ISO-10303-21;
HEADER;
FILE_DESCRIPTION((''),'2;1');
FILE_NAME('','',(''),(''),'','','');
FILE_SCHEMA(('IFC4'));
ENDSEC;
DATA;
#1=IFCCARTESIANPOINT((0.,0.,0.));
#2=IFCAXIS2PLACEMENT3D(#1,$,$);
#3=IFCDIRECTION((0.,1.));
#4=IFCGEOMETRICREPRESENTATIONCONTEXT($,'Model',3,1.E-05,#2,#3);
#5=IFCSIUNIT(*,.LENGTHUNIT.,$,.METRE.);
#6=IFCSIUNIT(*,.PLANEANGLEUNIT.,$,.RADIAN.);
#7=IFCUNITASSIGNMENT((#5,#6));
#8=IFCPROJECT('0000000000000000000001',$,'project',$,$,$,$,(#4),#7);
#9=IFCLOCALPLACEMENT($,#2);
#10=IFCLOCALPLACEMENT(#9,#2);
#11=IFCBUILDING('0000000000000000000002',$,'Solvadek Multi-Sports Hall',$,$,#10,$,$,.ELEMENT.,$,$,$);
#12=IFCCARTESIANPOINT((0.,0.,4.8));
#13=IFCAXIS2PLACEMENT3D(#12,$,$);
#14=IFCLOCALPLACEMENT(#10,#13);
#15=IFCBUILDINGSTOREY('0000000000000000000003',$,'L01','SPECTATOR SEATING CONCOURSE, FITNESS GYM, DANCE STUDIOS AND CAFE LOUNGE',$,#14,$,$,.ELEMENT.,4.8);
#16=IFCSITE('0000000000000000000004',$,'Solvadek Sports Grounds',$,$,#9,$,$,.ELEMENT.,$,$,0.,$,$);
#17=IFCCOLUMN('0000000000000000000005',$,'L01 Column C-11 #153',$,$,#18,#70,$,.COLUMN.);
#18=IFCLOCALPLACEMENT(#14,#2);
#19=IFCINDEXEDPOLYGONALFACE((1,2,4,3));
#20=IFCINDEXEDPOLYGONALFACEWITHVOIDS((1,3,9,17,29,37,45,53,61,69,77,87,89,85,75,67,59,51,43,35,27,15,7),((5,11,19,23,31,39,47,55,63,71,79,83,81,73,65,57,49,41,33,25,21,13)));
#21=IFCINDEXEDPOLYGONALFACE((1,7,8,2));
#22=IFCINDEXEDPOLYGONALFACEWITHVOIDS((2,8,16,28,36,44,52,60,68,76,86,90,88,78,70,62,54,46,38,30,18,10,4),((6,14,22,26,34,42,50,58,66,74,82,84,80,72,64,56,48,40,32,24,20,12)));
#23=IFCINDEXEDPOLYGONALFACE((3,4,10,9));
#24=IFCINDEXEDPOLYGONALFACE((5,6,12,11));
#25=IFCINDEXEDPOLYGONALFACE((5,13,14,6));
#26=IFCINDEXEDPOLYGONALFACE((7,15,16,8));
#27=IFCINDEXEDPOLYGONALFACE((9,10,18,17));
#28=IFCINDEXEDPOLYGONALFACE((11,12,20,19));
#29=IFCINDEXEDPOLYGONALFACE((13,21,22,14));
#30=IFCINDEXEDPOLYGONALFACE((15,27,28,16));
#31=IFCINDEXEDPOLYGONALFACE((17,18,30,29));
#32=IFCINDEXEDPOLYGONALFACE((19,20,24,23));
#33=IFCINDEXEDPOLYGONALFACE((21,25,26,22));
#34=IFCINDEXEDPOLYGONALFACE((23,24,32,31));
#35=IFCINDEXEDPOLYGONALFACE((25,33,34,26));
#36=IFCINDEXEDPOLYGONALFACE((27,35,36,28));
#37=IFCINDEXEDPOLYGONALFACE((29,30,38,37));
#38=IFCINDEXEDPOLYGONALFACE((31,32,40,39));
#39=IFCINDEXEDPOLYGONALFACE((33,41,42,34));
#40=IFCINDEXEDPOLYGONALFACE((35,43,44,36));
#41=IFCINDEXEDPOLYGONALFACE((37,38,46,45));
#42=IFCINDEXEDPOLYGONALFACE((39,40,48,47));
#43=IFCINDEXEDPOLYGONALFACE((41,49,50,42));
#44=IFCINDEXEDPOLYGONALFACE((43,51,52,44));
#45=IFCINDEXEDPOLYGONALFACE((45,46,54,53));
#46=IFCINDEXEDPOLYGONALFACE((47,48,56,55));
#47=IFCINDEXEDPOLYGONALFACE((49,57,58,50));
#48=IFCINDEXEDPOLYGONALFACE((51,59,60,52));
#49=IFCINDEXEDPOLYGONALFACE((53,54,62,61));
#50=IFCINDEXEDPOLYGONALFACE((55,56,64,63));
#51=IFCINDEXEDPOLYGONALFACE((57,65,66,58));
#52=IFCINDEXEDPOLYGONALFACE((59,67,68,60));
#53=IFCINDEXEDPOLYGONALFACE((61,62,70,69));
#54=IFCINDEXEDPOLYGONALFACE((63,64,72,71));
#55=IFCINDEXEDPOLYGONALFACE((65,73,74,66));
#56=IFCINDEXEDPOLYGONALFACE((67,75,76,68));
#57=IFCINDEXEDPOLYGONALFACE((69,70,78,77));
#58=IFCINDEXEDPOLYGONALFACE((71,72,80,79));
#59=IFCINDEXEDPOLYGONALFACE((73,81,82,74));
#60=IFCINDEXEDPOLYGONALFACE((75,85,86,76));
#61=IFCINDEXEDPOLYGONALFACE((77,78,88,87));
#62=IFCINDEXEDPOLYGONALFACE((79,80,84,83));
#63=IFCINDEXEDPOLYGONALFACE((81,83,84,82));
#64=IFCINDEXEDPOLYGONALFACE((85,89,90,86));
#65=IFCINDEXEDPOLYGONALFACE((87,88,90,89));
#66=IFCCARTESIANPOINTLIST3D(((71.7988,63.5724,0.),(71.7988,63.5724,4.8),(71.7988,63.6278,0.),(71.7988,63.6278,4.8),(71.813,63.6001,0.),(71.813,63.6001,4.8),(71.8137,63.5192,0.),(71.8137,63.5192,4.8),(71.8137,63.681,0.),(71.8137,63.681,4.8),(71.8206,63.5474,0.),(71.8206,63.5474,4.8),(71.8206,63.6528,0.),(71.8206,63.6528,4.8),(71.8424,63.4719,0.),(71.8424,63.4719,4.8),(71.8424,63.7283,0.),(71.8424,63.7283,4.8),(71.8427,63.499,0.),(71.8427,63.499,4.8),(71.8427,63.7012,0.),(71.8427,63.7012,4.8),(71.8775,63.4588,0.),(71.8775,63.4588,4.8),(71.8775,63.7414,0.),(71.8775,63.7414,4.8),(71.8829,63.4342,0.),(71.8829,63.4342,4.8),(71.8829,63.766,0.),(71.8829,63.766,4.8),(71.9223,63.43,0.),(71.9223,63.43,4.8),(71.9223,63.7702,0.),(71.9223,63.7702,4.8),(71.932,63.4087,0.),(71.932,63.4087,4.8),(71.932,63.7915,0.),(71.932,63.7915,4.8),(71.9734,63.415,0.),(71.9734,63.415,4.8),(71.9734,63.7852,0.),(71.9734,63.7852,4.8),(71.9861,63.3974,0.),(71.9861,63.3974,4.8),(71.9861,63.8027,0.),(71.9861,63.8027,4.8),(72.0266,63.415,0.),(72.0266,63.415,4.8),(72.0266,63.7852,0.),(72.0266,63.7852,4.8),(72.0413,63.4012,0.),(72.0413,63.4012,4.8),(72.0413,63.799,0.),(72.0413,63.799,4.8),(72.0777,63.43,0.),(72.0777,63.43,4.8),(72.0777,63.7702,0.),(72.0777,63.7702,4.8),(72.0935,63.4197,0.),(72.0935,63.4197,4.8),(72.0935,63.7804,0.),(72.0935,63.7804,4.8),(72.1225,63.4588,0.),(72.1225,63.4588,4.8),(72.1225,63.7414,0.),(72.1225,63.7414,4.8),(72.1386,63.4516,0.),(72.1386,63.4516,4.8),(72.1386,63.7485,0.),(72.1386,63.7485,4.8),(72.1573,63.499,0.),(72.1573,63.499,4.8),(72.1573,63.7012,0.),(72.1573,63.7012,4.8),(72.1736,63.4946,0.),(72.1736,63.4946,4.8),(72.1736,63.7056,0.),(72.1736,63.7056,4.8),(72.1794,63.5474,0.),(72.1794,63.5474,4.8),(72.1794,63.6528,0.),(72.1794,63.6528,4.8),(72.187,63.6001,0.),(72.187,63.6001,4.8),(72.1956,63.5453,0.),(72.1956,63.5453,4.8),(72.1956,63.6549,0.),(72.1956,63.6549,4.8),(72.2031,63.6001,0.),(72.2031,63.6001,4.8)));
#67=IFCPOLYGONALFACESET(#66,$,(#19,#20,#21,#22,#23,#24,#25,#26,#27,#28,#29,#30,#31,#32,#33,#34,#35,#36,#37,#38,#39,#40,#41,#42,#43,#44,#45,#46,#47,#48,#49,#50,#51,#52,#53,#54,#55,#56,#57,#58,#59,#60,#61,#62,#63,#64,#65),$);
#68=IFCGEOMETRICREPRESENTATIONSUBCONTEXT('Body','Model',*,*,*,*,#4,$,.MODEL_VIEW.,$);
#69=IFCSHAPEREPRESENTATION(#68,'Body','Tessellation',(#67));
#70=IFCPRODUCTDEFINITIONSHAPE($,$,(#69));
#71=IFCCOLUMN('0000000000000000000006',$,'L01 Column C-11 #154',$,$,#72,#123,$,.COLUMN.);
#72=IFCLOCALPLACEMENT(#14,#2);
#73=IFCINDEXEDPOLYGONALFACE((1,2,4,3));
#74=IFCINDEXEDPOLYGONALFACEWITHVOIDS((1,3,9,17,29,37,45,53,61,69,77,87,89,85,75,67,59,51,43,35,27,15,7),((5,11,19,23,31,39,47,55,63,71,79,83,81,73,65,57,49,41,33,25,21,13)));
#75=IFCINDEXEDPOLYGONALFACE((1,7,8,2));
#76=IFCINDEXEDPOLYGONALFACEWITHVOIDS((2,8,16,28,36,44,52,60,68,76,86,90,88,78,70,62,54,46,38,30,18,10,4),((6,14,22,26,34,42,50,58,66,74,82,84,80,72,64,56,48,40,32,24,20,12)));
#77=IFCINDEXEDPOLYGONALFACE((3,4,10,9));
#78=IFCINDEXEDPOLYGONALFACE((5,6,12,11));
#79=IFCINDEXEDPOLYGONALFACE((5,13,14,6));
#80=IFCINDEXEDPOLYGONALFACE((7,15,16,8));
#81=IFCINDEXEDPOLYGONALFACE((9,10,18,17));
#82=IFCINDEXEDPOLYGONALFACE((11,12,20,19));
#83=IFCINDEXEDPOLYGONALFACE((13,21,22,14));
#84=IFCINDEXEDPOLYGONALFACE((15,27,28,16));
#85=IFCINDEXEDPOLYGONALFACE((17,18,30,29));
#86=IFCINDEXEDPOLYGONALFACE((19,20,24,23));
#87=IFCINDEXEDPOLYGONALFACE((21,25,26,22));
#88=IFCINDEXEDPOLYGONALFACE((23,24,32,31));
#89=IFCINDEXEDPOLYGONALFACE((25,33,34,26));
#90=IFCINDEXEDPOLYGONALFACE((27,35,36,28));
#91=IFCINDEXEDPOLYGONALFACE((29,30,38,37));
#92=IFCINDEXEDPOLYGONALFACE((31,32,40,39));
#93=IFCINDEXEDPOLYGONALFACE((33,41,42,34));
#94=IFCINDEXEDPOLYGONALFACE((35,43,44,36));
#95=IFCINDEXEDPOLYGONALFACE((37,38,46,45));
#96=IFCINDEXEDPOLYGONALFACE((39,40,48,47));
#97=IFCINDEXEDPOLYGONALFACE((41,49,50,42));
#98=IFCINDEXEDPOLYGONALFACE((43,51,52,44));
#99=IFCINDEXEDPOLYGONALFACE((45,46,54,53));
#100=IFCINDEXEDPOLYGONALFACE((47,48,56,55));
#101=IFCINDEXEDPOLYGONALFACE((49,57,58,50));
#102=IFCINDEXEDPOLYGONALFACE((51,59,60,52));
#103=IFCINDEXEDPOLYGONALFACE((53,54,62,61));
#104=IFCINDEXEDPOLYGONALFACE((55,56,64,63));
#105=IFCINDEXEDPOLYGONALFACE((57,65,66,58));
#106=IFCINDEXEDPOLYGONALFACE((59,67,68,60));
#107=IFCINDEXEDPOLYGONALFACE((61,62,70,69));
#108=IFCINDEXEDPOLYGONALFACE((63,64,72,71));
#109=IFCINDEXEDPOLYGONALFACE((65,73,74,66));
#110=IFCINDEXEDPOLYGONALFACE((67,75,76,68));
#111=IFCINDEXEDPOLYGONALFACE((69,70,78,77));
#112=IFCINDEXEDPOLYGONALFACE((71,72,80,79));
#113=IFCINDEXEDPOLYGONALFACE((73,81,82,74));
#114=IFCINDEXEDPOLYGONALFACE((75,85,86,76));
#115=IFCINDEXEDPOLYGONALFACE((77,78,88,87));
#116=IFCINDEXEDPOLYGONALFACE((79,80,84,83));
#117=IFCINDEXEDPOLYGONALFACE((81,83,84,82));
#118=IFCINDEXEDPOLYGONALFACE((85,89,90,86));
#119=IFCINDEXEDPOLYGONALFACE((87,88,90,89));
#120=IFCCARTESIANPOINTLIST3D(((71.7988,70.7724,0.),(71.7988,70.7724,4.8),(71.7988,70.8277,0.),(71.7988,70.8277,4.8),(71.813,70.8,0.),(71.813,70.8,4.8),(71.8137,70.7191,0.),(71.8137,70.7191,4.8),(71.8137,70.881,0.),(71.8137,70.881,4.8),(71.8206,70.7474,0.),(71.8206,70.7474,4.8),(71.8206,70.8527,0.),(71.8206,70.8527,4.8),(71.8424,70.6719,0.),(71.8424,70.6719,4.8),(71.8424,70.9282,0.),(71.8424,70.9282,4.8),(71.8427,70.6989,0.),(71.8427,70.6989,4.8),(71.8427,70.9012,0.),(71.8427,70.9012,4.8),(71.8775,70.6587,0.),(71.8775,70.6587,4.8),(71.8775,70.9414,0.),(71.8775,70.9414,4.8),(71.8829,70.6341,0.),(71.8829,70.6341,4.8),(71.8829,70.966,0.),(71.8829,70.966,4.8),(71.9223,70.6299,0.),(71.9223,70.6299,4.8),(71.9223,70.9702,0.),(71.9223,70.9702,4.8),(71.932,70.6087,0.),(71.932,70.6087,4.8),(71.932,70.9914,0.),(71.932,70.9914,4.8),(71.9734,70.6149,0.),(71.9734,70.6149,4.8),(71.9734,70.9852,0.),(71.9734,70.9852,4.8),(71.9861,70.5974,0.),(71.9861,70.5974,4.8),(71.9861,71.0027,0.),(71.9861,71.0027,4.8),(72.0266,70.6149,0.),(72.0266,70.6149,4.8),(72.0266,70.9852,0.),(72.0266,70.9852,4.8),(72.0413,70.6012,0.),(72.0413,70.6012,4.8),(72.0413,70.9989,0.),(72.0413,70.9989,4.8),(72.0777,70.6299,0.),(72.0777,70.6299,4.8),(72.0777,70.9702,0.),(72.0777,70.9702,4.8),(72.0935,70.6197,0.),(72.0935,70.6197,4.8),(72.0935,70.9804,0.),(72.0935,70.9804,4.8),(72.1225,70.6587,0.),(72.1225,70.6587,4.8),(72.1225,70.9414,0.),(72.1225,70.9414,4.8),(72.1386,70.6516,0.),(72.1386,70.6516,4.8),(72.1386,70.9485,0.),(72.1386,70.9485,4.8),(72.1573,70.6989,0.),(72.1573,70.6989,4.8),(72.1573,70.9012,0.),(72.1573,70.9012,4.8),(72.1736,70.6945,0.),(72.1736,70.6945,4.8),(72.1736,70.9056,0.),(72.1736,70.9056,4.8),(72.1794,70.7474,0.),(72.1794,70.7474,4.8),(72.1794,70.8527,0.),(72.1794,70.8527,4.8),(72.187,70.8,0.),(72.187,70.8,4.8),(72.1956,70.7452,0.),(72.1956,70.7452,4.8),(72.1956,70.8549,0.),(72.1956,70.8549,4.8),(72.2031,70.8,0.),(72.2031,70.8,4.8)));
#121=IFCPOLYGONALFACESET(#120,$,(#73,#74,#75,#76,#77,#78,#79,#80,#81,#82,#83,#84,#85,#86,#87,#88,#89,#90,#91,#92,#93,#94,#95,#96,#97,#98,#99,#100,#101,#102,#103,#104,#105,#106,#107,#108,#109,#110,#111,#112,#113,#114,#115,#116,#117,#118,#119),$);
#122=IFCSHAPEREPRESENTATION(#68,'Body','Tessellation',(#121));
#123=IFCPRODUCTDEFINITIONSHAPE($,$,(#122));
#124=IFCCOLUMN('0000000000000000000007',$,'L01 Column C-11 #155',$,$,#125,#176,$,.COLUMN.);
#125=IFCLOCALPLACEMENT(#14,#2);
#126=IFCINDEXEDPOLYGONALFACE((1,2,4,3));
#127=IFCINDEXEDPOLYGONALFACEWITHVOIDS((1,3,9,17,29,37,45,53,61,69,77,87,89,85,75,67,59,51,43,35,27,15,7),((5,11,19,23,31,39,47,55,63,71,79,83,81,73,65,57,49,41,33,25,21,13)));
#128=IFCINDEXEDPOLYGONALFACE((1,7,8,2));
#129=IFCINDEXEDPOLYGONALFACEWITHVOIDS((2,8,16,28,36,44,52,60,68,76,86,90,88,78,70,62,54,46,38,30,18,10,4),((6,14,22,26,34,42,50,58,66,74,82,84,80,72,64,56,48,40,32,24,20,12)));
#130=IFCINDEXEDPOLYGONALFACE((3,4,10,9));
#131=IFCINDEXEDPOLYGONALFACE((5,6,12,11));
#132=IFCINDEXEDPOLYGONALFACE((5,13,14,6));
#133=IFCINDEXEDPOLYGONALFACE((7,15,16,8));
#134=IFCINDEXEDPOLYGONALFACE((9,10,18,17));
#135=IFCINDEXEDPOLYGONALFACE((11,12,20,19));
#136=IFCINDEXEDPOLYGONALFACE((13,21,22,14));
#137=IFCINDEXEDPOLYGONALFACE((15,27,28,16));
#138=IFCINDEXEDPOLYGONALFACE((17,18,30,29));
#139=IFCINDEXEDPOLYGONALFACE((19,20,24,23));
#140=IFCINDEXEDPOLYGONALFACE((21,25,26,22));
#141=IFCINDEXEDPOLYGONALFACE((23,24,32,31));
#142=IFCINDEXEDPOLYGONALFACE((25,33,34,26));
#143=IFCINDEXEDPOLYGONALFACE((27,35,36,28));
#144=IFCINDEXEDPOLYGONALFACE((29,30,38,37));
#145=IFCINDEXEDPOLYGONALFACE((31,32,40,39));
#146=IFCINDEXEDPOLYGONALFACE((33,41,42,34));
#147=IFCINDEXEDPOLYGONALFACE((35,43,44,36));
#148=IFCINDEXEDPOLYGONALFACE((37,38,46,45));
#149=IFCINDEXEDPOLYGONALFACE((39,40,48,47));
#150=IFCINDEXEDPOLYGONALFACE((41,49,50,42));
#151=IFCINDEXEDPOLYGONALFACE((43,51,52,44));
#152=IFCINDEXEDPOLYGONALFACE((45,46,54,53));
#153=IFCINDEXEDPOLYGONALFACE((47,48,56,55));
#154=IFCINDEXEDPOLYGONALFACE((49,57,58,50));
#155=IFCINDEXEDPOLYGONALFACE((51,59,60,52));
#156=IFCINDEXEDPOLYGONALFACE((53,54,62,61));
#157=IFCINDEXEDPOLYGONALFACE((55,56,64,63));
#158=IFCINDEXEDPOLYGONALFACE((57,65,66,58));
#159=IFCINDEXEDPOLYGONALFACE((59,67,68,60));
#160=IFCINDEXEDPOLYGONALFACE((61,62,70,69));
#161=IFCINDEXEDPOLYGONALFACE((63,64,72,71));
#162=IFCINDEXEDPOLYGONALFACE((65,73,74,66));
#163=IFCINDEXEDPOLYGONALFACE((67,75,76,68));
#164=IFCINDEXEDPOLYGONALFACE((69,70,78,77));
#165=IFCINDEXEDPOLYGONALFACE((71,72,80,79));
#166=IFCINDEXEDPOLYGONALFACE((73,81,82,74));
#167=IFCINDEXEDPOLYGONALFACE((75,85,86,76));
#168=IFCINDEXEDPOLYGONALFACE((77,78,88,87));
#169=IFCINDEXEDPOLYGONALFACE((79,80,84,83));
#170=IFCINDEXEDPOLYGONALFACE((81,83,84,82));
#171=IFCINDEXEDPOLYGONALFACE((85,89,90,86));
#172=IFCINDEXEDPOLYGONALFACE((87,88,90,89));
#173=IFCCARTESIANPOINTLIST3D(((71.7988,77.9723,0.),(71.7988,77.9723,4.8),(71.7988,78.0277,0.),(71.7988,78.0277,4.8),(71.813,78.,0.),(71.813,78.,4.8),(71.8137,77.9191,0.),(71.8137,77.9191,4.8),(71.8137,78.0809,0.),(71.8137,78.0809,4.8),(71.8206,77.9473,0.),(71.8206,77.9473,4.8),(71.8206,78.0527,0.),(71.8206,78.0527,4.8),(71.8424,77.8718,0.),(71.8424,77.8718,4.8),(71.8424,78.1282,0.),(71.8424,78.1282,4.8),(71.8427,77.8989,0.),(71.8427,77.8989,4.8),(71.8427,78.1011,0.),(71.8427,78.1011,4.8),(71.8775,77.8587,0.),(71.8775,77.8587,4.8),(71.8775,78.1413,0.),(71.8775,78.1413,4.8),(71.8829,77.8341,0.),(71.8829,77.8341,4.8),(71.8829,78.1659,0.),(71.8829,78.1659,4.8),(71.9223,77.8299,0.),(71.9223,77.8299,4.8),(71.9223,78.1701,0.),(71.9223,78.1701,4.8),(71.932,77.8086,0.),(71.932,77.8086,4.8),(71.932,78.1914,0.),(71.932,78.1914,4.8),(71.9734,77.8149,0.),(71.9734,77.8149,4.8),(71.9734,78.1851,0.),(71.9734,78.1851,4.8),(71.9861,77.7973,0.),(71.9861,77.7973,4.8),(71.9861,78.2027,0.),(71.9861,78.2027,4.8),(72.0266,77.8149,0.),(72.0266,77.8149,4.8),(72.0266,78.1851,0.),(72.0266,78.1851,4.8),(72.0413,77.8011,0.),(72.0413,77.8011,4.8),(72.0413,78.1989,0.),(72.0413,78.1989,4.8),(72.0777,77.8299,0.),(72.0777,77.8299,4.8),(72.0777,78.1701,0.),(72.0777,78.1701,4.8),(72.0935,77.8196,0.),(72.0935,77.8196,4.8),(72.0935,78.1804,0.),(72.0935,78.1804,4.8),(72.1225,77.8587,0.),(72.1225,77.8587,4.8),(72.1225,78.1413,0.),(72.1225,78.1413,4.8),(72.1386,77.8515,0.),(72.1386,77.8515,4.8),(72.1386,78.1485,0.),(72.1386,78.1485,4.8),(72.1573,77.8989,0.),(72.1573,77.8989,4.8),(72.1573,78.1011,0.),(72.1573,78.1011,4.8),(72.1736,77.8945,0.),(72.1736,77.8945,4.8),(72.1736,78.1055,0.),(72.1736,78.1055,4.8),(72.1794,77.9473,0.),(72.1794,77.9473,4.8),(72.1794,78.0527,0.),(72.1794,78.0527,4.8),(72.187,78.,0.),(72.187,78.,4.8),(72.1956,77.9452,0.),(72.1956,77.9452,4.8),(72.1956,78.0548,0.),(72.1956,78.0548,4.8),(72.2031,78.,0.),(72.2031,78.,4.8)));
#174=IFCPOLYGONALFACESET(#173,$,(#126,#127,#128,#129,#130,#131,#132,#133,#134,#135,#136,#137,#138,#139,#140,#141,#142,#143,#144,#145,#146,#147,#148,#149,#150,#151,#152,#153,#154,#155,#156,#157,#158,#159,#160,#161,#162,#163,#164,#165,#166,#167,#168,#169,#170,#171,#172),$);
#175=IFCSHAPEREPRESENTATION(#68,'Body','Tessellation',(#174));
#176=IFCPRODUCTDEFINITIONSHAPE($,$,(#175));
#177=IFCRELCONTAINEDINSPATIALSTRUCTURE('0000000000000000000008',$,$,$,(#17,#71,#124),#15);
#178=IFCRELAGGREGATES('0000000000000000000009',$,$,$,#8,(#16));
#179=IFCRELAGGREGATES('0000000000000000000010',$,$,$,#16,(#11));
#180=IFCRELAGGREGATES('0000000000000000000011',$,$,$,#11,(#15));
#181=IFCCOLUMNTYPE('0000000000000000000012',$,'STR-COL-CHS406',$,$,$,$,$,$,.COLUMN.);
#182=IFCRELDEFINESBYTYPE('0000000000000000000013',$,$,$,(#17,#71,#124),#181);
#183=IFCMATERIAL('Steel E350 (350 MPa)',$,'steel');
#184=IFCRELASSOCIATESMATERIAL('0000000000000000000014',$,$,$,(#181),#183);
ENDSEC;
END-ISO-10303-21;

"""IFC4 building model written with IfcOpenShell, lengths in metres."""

from ifc_helpers import new_model, si_unit, direction, frame, origin, origin_2d, place, context, subcontext, project, spatial, hollow_circle, extrude, material, material_profile, profile_set, type_object, element, save


model = new_model("IFC4")

# Units and contexts
model_context = context("Model", 3, precision=1e-05, world=origin(), true_north=direction((0.0, 1.0)))
body_context = subcontext(model_context, "Body", "Model", "MODEL_VIEW")
ifc_project = project(units=[si_unit("LENGTHUNIT", "METRE"), si_unit("PLANEANGLEUNIT", "RADIAN")], contexts=[model_context])

# Site, building, storey
site_placement = place(None, origin())
site = spatial("IfcSite", under=ifc_project, at=site_placement, Name="Solvadek Sports Grounds", CompositionType="ELEMENT", RefElevation=0.0)
building_placement = place(site_placement, origin())
building = spatial("IfcBuilding", under=site, at=building_placement, Name="Solvadek Multi-Sports Hall", CompositionType="ELEMENT")
storey_placement = place(building_placement, frame((0.0, 0.0, 4.8)))
storey = spatial("IfcBuildingStorey", under=building, at=storey_placement, Name="L01", Description="SPECTATOR SEATING CONCOURSE, FITNESS GYM, DANCE STUDIOS AND CAFE LOUNGE", CompositionType="ELEMENT", Elevation=4.8)

# Columns
ifc_material_1 = material(Name="Steel E350 (350 MPa)", Category="steel")
ifc_material_profile_1 = material_profile(ifc_material_1, hollow_circle(Radius=0.2031, WallThickness=0.0161, at=origin_2d()), Name="CHS 406.4x16")
ifc_profile_set_1 = profile_set([ifc_material_profile_1], Name="Steel E350 (350 MPa)")
column_type_1 = type_object("IfcColumnType", Name="STR-COL-CHS406", PredefinedType="COLUMN", material=ifc_profile_set_1)
for number, where, z_axis, x_axis, name in (
    (1, (72.0, 63.6001, 0.0), (0.0, 0.0, 1.0), (1.0, 0.0, 0.0), "L01 Column C-11 #153"),
    (2, (72.0, 70.8, 0.0), (0.0, 0.0, 1.0), (1.0, 0.0, 0.0), "L01 Column C-11 #154"),
    (3, (72.0, 78.0, 0.0), (0.0, 0.0, 1.0), (1.0, 0.0, 0.0), "L01 Column C-11 #155"),
):
    element("IfcColumn", number, at=place(storey_placement, frame(where, z_axis=z_axis, x_axis=x_axis)), inside=storey, type_object=column_type_1, Name=name, PredefinedType="COLUMN", context=body_context, shape_type="SweptSolid", body=[
        extrude(hollow_circle(Radius=0.2031, WallThickness=0.0161, at=origin_2d()), origin(), (0.0, 0.0, 1.0), 4.8),
    ])

save(model, "model.ifc")
